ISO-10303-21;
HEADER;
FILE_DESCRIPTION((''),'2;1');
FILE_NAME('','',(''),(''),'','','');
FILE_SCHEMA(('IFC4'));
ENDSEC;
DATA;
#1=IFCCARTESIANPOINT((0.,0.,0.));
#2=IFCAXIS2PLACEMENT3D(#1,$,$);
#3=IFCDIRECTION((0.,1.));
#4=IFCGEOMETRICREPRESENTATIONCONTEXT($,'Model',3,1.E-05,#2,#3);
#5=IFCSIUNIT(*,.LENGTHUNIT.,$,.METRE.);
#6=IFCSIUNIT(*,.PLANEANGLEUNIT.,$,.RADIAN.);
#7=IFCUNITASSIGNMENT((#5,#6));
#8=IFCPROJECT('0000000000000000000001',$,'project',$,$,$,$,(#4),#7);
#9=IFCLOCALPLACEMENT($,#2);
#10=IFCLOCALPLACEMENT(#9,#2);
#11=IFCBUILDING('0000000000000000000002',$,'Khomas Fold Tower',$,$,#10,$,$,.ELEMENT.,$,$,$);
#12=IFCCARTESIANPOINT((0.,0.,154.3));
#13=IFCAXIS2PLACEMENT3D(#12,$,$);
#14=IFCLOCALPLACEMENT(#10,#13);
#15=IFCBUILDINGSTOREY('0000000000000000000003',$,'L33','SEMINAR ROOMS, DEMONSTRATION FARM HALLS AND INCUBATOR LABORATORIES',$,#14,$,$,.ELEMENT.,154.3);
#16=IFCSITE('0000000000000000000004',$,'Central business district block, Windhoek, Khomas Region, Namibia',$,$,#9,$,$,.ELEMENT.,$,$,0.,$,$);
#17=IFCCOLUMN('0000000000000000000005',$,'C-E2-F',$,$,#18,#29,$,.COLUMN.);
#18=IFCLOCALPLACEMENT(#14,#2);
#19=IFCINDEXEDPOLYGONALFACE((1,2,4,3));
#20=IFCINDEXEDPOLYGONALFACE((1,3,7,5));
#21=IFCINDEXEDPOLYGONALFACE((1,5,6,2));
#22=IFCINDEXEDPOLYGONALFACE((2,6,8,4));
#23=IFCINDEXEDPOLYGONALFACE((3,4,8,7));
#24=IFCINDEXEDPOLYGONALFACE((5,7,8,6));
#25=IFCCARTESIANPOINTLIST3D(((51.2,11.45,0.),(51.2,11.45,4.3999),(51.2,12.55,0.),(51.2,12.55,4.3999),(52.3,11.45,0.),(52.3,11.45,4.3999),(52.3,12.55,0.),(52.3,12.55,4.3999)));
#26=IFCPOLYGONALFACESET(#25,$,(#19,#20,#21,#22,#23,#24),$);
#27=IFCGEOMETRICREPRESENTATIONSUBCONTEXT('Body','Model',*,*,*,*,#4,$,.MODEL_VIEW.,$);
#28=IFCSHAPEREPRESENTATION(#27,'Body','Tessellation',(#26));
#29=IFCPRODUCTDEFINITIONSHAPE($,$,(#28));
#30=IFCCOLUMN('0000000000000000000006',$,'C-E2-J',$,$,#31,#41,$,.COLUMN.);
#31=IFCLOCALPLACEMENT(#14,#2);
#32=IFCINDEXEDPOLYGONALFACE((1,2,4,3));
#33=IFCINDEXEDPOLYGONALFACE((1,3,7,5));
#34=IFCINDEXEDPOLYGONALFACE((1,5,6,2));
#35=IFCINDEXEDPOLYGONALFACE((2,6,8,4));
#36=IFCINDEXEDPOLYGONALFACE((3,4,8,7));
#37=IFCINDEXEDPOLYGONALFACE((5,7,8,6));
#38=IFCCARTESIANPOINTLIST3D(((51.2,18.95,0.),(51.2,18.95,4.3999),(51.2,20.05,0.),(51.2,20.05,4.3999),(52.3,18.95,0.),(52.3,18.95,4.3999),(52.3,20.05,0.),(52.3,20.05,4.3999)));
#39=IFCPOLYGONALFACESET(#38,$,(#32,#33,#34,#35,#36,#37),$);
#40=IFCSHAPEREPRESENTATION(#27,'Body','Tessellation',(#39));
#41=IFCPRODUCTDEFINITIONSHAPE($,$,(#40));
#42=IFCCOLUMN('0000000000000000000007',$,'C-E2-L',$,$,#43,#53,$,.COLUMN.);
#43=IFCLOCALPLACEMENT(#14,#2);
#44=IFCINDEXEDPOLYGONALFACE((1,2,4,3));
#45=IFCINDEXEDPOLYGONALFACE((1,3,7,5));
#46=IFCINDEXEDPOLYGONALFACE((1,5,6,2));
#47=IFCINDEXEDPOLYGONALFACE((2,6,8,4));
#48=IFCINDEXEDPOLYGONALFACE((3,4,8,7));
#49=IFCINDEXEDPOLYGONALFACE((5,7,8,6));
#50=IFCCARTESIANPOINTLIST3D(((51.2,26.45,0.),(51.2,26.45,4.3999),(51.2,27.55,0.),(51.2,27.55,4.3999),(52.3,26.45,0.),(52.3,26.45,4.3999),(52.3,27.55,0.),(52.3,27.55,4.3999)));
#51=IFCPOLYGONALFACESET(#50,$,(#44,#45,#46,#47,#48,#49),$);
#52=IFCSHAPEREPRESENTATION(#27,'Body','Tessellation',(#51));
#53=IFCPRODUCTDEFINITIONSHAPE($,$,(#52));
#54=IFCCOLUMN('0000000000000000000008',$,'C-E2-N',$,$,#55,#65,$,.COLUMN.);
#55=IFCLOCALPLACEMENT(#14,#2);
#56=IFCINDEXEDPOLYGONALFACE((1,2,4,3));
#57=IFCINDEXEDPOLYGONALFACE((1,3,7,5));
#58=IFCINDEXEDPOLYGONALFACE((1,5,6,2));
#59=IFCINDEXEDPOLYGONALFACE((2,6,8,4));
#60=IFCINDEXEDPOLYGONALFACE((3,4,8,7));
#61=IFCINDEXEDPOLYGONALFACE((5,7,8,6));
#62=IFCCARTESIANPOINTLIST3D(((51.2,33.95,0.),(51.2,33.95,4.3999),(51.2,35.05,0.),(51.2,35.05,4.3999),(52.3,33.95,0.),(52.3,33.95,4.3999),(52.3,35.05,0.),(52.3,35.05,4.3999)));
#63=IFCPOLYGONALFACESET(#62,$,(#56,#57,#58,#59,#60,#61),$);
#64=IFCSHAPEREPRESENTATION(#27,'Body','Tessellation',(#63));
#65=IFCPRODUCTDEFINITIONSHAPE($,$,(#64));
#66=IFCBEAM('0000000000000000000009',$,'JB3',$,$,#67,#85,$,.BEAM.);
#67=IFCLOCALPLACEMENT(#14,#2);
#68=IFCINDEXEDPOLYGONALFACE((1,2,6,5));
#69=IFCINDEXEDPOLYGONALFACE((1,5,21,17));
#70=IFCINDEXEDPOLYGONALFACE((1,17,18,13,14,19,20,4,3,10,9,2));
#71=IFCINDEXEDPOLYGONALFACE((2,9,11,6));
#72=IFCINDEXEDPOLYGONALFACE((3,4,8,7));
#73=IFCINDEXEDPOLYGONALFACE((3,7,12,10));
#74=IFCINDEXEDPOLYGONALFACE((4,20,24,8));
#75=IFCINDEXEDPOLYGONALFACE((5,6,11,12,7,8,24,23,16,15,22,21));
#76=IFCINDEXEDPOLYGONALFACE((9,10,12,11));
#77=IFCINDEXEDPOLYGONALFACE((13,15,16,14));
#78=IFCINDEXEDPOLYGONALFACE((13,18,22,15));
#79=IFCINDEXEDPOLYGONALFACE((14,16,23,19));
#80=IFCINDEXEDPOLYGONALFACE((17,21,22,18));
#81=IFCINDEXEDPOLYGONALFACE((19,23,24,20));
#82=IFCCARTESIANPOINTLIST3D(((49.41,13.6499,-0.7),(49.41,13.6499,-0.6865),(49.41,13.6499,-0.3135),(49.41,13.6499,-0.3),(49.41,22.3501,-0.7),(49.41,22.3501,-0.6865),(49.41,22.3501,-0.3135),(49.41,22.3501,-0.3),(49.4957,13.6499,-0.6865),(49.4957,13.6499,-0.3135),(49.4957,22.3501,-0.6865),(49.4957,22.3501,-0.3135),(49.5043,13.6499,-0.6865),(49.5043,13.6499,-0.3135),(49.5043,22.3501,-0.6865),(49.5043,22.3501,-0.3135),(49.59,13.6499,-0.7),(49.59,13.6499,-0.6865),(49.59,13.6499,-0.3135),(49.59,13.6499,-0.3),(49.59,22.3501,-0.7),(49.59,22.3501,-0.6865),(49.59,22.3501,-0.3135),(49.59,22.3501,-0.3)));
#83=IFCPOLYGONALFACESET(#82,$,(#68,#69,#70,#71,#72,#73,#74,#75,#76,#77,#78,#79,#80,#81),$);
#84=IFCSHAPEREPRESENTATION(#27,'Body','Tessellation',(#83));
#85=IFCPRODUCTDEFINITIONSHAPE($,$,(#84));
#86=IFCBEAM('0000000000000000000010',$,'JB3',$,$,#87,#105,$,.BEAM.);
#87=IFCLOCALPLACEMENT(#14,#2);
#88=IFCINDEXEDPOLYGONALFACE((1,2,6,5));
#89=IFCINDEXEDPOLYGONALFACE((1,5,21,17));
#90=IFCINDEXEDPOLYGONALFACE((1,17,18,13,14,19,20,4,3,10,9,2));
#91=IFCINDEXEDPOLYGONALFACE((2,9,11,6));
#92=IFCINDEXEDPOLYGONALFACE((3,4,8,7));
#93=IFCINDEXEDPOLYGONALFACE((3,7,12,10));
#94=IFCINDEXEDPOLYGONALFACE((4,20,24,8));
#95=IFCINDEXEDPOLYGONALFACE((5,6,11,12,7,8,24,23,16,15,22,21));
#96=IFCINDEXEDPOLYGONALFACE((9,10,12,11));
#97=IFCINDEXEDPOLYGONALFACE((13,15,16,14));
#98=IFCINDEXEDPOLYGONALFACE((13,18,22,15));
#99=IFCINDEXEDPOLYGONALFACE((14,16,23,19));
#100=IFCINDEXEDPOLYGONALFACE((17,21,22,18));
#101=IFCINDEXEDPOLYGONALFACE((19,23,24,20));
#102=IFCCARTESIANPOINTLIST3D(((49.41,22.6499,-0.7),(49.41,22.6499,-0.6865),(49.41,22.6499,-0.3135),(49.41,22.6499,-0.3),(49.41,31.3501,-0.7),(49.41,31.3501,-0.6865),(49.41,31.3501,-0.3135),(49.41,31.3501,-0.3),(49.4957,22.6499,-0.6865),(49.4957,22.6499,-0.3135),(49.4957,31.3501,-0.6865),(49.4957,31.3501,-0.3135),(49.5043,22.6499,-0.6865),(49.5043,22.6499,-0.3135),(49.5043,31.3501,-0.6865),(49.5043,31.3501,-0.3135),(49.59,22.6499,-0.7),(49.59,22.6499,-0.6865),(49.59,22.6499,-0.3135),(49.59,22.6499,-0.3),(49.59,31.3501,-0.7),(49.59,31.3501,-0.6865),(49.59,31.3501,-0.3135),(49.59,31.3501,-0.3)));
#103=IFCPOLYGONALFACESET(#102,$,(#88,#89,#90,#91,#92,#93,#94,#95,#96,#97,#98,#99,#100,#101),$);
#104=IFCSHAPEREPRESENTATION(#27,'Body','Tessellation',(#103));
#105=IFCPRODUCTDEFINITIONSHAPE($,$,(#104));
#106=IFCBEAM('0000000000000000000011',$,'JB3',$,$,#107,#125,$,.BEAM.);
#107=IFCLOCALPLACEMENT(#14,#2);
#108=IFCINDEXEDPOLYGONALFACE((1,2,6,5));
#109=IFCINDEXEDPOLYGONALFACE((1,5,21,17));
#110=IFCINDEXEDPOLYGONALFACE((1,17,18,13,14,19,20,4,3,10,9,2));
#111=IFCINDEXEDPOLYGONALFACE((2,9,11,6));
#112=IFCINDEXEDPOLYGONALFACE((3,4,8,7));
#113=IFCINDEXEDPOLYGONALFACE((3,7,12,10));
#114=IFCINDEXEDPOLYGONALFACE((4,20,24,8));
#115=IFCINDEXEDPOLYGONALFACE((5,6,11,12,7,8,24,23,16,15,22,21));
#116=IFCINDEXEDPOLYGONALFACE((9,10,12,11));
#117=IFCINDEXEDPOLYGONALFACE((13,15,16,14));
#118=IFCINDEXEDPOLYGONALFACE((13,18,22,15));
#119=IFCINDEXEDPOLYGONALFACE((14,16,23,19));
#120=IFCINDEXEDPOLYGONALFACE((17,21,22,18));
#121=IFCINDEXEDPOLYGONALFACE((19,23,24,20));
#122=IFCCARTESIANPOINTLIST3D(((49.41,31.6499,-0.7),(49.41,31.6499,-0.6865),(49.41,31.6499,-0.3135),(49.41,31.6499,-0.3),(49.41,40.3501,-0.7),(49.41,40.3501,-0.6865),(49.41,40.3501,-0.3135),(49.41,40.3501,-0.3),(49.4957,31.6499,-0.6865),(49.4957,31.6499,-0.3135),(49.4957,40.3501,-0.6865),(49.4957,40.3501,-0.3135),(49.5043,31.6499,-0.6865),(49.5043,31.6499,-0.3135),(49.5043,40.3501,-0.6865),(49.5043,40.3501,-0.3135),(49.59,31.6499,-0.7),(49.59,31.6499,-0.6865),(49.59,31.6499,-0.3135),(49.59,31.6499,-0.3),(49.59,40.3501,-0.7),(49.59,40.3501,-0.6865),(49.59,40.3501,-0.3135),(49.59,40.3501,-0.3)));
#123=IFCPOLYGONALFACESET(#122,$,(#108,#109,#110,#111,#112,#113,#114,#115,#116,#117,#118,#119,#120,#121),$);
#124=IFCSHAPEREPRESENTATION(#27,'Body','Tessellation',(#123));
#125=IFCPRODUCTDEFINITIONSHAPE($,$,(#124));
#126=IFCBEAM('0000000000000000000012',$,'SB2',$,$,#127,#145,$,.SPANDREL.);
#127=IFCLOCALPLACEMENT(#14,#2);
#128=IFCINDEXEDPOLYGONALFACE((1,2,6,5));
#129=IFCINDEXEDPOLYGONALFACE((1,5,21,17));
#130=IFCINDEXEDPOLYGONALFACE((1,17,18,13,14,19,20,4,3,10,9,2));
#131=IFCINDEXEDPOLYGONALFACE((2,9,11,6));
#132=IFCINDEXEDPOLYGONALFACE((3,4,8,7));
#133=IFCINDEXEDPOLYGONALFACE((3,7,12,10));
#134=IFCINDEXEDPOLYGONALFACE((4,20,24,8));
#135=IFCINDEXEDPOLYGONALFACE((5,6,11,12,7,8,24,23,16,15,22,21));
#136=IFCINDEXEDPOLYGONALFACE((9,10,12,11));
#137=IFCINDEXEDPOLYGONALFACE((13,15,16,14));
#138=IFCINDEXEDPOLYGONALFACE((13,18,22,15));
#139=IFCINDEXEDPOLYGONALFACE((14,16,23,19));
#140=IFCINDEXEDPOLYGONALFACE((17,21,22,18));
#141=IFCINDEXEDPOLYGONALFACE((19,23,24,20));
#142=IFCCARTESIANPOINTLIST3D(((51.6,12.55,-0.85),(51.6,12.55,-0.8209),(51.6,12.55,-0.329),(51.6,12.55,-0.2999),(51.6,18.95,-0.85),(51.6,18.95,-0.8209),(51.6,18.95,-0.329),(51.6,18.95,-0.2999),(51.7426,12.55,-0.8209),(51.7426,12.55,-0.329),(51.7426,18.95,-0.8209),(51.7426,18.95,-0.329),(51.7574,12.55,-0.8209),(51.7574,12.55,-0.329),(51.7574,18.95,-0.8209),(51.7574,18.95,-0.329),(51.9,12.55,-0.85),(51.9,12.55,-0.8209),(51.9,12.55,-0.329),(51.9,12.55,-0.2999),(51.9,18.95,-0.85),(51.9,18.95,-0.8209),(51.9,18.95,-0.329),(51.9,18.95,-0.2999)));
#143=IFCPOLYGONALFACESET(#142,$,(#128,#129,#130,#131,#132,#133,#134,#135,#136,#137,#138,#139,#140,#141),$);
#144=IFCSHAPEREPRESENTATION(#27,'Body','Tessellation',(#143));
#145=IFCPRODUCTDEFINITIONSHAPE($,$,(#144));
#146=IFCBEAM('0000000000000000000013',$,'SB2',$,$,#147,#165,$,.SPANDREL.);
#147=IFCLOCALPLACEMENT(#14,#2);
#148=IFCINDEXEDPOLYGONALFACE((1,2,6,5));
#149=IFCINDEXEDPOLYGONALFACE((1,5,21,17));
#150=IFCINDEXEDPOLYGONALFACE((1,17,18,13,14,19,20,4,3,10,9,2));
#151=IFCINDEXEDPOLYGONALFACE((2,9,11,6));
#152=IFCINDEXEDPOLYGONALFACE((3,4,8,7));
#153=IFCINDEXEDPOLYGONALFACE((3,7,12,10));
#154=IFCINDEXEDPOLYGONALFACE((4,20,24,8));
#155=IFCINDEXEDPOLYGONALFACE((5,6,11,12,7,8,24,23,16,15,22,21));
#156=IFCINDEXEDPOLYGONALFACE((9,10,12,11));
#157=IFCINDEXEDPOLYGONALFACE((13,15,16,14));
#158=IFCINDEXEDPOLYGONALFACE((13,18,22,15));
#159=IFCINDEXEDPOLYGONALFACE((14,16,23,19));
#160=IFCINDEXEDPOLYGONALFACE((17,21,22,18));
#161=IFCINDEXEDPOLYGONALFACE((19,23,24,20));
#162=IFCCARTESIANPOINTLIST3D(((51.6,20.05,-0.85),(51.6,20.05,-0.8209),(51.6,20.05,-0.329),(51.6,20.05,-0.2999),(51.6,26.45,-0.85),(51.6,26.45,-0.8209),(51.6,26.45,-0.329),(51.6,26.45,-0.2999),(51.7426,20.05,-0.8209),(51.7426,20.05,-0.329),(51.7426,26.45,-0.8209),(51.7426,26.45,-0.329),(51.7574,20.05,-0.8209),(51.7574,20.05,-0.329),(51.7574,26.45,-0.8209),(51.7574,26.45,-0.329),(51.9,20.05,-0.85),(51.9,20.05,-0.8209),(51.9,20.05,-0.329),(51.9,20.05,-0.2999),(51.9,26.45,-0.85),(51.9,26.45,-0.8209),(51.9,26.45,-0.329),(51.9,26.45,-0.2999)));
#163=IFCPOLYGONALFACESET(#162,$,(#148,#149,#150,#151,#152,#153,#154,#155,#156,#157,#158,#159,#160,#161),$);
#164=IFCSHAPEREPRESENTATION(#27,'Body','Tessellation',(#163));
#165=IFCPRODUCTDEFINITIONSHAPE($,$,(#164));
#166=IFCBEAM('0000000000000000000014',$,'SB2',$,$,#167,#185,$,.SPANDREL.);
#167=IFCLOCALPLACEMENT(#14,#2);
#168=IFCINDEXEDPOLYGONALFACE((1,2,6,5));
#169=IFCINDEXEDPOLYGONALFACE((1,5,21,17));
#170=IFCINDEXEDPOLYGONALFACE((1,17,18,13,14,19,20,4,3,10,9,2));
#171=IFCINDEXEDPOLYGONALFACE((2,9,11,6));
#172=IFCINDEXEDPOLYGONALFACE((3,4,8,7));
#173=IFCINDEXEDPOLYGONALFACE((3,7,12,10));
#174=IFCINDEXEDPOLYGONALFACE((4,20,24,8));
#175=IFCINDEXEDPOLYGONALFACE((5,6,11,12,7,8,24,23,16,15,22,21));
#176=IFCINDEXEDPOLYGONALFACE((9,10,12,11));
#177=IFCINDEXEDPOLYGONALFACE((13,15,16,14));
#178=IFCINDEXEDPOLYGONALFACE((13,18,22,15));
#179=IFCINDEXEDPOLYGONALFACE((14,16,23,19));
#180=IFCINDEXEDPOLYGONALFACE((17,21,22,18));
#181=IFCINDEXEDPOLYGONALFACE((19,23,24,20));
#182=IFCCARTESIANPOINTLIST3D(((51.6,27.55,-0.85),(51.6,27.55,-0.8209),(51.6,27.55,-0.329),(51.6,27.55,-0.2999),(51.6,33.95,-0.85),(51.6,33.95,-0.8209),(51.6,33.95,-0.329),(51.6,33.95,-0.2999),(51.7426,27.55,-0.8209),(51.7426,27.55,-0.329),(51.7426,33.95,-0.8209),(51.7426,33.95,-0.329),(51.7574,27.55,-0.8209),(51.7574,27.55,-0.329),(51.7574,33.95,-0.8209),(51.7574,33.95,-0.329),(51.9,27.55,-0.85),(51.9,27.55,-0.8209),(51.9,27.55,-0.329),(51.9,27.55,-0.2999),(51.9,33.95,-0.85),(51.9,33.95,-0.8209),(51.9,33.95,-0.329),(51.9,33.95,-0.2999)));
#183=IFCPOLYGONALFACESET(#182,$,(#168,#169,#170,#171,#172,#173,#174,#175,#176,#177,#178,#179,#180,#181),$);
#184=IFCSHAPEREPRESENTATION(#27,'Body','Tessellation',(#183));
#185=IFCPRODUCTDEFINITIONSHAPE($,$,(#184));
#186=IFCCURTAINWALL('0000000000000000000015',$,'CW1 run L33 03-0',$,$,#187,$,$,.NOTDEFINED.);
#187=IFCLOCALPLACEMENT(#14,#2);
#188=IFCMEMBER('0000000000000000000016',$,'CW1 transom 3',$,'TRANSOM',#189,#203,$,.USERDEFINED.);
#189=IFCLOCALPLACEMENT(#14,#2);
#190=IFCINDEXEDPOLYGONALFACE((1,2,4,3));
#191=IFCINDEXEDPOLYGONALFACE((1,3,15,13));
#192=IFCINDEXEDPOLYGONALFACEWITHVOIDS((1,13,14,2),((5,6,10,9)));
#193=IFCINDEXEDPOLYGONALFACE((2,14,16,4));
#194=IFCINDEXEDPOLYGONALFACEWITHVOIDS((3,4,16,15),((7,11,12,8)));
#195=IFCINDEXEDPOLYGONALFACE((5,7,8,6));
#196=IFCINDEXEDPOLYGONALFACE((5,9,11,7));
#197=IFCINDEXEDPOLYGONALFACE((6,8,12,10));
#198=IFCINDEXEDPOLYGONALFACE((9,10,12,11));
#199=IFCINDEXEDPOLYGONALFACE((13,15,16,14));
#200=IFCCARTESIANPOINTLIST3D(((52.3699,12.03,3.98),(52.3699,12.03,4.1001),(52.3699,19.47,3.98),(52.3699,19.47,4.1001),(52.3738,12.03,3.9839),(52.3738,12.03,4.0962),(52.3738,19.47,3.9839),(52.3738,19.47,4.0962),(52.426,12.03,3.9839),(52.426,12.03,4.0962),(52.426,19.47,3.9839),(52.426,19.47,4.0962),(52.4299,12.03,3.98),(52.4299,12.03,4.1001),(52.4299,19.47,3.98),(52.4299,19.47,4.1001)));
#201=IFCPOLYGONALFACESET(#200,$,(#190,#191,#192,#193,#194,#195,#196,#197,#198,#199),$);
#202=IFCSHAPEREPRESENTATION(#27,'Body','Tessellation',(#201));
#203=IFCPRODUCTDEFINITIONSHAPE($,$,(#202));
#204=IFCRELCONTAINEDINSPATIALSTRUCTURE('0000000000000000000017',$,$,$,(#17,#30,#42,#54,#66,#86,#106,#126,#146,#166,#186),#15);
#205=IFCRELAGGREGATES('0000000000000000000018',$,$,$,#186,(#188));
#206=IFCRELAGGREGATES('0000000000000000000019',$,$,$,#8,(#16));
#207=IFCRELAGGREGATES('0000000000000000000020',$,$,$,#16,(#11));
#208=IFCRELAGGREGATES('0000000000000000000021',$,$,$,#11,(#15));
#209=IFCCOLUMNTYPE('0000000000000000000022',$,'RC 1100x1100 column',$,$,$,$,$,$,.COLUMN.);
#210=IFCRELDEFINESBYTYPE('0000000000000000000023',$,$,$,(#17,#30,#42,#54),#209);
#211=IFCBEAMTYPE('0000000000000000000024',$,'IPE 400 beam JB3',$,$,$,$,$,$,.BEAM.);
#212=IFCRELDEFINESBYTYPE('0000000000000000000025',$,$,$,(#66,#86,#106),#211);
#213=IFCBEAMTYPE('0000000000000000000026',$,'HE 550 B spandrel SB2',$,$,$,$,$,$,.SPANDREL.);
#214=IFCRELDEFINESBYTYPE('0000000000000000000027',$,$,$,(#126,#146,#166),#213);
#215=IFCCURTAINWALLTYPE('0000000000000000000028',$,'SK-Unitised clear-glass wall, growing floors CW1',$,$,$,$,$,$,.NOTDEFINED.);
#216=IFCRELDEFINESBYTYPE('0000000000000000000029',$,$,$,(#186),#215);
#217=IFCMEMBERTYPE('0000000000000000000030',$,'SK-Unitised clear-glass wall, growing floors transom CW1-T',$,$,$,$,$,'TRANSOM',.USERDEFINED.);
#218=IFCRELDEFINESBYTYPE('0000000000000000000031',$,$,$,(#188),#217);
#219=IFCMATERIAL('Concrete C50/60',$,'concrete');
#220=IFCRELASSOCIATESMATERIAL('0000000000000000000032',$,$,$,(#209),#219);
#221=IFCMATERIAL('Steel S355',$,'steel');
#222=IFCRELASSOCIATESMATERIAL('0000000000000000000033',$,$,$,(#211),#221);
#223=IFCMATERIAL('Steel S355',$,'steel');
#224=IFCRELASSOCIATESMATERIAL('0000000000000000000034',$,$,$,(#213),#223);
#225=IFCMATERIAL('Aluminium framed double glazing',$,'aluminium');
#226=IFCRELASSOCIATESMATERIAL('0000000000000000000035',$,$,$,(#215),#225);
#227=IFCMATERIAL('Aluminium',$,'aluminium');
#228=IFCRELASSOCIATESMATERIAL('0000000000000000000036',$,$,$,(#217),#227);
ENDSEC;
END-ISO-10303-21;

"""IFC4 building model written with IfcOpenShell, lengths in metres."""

from ifc_helpers import new_model, si_unit, direction, frame, origin, origin_2d, place, context, subcontext, project, spatial, rectangle, hollow_rectangle, i_section, extrude, source, transform, mapped, material, material_profile, profile_set, type_object, element, aggregate, save


model = new_model("IFC4")

# Units and contexts
model_context = context("Model", 3, precision=1e-05, world=origin(), true_north=direction((0.0, 1.0)))
body_context = subcontext(model_context, "Body", "Model", "MODEL_VIEW")
ifc_project = project(units=[si_unit("LENGTHUNIT", "METRE"), si_unit("PLANEANGLEUNIT", "RADIAN")], contexts=[model_context])

# Site, building, storey
site_placement = place(None, origin())
site = spatial("IfcSite", under=ifc_project, at=site_placement, Name="Central business district block, Windhoek, Khomas Region, Namibia", CompositionType="ELEMENT", RefElevation=0.0)
building_placement = place(site_placement, origin())
building = spatial("IfcBuilding", under=site, at=building_placement, Name="Khomas Fold Tower", CompositionType="ELEMENT")
storey_placement = place(building_placement, frame((0.0, 0.0, 154.3)))
storey = spatial("IfcBuildingStorey", under=building, at=storey_placement, Name="L33", Description="SEMINAR ROOMS, DEMONSTRATION FARM HALLS AND INCUBATOR LABORATORIES", CompositionType="ELEMENT", Elevation=154.3)

# Columns
ifc_material_1 = material(Name="Concrete C50/60", Category="concrete")
ifc_material_profile_1 = material_profile(ifc_material_1, rectangle(XDim=1.1001, YDim=1.1001, at=origin_2d()), Name="RC 1100x1100")
ifc_profile_set_1 = profile_set([ifc_material_profile_1], Name="Concrete C50/60")
column_type = type_object("IfcColumnType", Name="RC 1100x1100 column", PredefinedType="COLUMN", material=ifc_profile_set_1)
shared_shape_1 = source(origin(), body_context, "Body", "SweptSolid", [
    extrude(rectangle(XDim=1.1001, YDim=1.1001, at=origin_2d()), origin(), (0.0, 0.0, 1.0), 4.3999),
])
for number, where, z_axis, x_axis, name in (
    (1, (51.75, 12.0, 0.0), (0.0, 0.0, 1.0), (1.0, 0.0, 0.0), "C-E2-F"),
    (2, (51.75, 19.5, 0.0), (0.0, 0.0, 1.0), (1.0, 0.0, 0.0), "C-E2-J"),
    (3, (51.75, 27.0, 0.0), (0.0, 0.0, 1.0), (1.0, 0.0, 0.0), "C-E2-L"),
    (4, (51.75, 34.5, 0.0), (0.0, 0.0, 1.0), (1.0, 0.0, 0.0), "C-E2-N"),
):
    element("IfcColumn", number, at=place(storey_placement, frame(where, z_axis=z_axis, x_axis=x_axis)), inside=storey, type_object=column_type, Name=name, PredefinedType="COLUMN", context=body_context, shape_type="MappedRepresentation", body=[
        mapped(shared_shape_1, transform((0.0, 0.0, 0.0))),
    ])

# Beams
ifc_material_2 = material(Name="Steel S355", Category="steel")
ifc_material_profile_2 = material_profile(ifc_material_2, i_section(OverallWidth=0.1799, OverallDepth=0.3999, WebThickness=0.0085, FlangeThickness=0.0134, at=origin_2d()), Name="IPE 400")
ifc_profile_set_2 = profile_set([ifc_material_profile_2], Name="Steel S355")
beam_type_1 = type_object("IfcBeamType", Name="IPE 400 beam JB3", PredefinedType="BEAM", material=ifc_profile_set_2)
shared_shape_2 = source(origin(), body_context, "Body", "SweptSolid", [
    extrude(i_section(OverallWidth=0.1799, OverallDepth=0.3999, WebThickness=0.0085, FlangeThickness=0.0134, at=origin_2d()), origin(), (0.0, 0.0, 1.0), 8.7002),
])
for number, where, z_axis, x_axis, name in (
    (5, (49.5, 13.6499, -0.5), (0.0, 1.0, 0.0), (-1.0, 0.0, 0.0), "JB3"),
    (6, (49.5, 22.6499, -0.5), (0.0, 1.0, 0.0), (-1.0, 0.0, 0.0), "JB3"),
    (7, (49.5, 31.6499, -0.5), (0.0, 1.0, 0.0), (-1.0, 0.0, 0.0), "JB3"),
):
    element("IfcBeam", number, at=place(storey_placement, frame(where, z_axis=z_axis, x_axis=x_axis)), inside=storey, type_object=beam_type_1, Name=name, PredefinedType="BEAM", context=body_context, shape_type="MappedRepresentation", body=[
        mapped(shared_shape_2, transform((0.0, 0.0, 0.0))),
    ])
ifc_material_3 = material(Name="Steel S355", Category="steel")
ifc_material_profile_3 = material_profile(ifc_material_3, i_section(OverallWidth=0.3, OverallDepth=0.55, WebThickness=0.0149, FlangeThickness=0.0291, at=origin_2d()), Name="HE 550 B")
ifc_profile_set_3 = profile_set([ifc_material_profile_3], Name="Steel S355")
beam_type_2 = type_object("IfcBeamType", Name="HE 550 B spandrel SB2", PredefinedType="SPANDREL", material=ifc_profile_set_3)
shared_shape_3 = source(origin(), body_context, "Body", "SweptSolid", [
    extrude(i_section(OverallWidth=0.3, OverallDepth=0.55, WebThickness=0.0149, FlangeThickness=0.0291, at=origin_2d()), origin(), (0.0, 0.0, 1.0), 6.3999),
])
for number, where, z_axis, x_axis, name in (
    (8, (51.75, 12.55, -0.575), (0.0, 1.0, 0.0), (-1.0, 0.0, 0.0), "SB2"),
    (9, (51.75, 20.05, -0.575), (0.0, 1.0, 0.0), (-1.0, 0.0, 0.0), "SB2"),
    (10, (51.75, 27.55, -0.575), (0.0, 1.0, 0.0), (-1.0, 0.0, 0.0), "SB2"),
):
    element("IfcBeam", number, at=place(storey_placement, frame(where, z_axis=z_axis, x_axis=x_axis)), inside=storey, type_object=beam_type_2, Name=name, PredefinedType="SPANDREL", context=body_context, shape_type="MappedRepresentation", body=[
        mapped(shared_shape_3, transform((0.0, 0.0, 0.0))),
    ])

# Curtain wall, member
ifc_material_4 = material(Name="Aluminium framed double glazing", Category="aluminium")
curtain_wall_type = type_object("IfcCurtainWallType", Name="SK-Unitised clear-glass wall, growing floors CW1", PredefinedType="NOTDEFINED", material=ifc_material_4)
curtain_wall_placement = place(storey_placement, origin())
curtain_wall = element("IfcCurtainWall", 11, at=curtain_wall_placement, inside=storey, type_object=curtain_wall_type, Name="CW1 run L33 03-0", PredefinedType="NOTDEFINED")
ifc_material_5 = material(Name="Aluminium", Category="aluminium")
ifc_material_profile_4 = material_profile(ifc_material_5, hollow_rectangle(XDim=0.0601, YDim=0.1201, WallThickness=0.0039, at=origin_2d()), Name="SK-Unitised clear-glass wall, growing floors transom CW1-T")
ifc_profile_set_4 = profile_set([ifc_material_profile_4], Name="Aluminium")
member_type_1 = type_object("IfcMemberType", Name="SK-Unitised clear-glass wall, growing floors transom CW1-T", ElementType="TRANSOM", PredefinedType="USERDEFINED", material=ifc_profile_set_4)
shared_shape_4 = source(origin(), body_context, "Body", "SweptSolid", [
    extrude(hollow_rectangle(XDim=0.0601, YDim=0.1201, WallThickness=0.0039, at=origin_2d()), origin(), (0.0, 0.0, 1.0), 7.4399),
])
member_1_placement = place(storey_placement, frame((52.3999, 12.03, 4.04), z_axis=(0.0, 1.0, 0.0), x_axis=(-1.0, 0.0, 0.0)))
member_1 = element("IfcMember", 12, at=member_1_placement, type_object=member_type_1, Name="CW1 transom 3", ObjectType="TRANSOM", PredefinedType="USERDEFINED", context=body_context, shape_type="MappedRepresentation", body=[
    mapped(shared_shape_4, transform((0.0, 0.0, 0.0))),
])

aggregate(curtain_wall, [member_1])

save(model, "model.ifc")
